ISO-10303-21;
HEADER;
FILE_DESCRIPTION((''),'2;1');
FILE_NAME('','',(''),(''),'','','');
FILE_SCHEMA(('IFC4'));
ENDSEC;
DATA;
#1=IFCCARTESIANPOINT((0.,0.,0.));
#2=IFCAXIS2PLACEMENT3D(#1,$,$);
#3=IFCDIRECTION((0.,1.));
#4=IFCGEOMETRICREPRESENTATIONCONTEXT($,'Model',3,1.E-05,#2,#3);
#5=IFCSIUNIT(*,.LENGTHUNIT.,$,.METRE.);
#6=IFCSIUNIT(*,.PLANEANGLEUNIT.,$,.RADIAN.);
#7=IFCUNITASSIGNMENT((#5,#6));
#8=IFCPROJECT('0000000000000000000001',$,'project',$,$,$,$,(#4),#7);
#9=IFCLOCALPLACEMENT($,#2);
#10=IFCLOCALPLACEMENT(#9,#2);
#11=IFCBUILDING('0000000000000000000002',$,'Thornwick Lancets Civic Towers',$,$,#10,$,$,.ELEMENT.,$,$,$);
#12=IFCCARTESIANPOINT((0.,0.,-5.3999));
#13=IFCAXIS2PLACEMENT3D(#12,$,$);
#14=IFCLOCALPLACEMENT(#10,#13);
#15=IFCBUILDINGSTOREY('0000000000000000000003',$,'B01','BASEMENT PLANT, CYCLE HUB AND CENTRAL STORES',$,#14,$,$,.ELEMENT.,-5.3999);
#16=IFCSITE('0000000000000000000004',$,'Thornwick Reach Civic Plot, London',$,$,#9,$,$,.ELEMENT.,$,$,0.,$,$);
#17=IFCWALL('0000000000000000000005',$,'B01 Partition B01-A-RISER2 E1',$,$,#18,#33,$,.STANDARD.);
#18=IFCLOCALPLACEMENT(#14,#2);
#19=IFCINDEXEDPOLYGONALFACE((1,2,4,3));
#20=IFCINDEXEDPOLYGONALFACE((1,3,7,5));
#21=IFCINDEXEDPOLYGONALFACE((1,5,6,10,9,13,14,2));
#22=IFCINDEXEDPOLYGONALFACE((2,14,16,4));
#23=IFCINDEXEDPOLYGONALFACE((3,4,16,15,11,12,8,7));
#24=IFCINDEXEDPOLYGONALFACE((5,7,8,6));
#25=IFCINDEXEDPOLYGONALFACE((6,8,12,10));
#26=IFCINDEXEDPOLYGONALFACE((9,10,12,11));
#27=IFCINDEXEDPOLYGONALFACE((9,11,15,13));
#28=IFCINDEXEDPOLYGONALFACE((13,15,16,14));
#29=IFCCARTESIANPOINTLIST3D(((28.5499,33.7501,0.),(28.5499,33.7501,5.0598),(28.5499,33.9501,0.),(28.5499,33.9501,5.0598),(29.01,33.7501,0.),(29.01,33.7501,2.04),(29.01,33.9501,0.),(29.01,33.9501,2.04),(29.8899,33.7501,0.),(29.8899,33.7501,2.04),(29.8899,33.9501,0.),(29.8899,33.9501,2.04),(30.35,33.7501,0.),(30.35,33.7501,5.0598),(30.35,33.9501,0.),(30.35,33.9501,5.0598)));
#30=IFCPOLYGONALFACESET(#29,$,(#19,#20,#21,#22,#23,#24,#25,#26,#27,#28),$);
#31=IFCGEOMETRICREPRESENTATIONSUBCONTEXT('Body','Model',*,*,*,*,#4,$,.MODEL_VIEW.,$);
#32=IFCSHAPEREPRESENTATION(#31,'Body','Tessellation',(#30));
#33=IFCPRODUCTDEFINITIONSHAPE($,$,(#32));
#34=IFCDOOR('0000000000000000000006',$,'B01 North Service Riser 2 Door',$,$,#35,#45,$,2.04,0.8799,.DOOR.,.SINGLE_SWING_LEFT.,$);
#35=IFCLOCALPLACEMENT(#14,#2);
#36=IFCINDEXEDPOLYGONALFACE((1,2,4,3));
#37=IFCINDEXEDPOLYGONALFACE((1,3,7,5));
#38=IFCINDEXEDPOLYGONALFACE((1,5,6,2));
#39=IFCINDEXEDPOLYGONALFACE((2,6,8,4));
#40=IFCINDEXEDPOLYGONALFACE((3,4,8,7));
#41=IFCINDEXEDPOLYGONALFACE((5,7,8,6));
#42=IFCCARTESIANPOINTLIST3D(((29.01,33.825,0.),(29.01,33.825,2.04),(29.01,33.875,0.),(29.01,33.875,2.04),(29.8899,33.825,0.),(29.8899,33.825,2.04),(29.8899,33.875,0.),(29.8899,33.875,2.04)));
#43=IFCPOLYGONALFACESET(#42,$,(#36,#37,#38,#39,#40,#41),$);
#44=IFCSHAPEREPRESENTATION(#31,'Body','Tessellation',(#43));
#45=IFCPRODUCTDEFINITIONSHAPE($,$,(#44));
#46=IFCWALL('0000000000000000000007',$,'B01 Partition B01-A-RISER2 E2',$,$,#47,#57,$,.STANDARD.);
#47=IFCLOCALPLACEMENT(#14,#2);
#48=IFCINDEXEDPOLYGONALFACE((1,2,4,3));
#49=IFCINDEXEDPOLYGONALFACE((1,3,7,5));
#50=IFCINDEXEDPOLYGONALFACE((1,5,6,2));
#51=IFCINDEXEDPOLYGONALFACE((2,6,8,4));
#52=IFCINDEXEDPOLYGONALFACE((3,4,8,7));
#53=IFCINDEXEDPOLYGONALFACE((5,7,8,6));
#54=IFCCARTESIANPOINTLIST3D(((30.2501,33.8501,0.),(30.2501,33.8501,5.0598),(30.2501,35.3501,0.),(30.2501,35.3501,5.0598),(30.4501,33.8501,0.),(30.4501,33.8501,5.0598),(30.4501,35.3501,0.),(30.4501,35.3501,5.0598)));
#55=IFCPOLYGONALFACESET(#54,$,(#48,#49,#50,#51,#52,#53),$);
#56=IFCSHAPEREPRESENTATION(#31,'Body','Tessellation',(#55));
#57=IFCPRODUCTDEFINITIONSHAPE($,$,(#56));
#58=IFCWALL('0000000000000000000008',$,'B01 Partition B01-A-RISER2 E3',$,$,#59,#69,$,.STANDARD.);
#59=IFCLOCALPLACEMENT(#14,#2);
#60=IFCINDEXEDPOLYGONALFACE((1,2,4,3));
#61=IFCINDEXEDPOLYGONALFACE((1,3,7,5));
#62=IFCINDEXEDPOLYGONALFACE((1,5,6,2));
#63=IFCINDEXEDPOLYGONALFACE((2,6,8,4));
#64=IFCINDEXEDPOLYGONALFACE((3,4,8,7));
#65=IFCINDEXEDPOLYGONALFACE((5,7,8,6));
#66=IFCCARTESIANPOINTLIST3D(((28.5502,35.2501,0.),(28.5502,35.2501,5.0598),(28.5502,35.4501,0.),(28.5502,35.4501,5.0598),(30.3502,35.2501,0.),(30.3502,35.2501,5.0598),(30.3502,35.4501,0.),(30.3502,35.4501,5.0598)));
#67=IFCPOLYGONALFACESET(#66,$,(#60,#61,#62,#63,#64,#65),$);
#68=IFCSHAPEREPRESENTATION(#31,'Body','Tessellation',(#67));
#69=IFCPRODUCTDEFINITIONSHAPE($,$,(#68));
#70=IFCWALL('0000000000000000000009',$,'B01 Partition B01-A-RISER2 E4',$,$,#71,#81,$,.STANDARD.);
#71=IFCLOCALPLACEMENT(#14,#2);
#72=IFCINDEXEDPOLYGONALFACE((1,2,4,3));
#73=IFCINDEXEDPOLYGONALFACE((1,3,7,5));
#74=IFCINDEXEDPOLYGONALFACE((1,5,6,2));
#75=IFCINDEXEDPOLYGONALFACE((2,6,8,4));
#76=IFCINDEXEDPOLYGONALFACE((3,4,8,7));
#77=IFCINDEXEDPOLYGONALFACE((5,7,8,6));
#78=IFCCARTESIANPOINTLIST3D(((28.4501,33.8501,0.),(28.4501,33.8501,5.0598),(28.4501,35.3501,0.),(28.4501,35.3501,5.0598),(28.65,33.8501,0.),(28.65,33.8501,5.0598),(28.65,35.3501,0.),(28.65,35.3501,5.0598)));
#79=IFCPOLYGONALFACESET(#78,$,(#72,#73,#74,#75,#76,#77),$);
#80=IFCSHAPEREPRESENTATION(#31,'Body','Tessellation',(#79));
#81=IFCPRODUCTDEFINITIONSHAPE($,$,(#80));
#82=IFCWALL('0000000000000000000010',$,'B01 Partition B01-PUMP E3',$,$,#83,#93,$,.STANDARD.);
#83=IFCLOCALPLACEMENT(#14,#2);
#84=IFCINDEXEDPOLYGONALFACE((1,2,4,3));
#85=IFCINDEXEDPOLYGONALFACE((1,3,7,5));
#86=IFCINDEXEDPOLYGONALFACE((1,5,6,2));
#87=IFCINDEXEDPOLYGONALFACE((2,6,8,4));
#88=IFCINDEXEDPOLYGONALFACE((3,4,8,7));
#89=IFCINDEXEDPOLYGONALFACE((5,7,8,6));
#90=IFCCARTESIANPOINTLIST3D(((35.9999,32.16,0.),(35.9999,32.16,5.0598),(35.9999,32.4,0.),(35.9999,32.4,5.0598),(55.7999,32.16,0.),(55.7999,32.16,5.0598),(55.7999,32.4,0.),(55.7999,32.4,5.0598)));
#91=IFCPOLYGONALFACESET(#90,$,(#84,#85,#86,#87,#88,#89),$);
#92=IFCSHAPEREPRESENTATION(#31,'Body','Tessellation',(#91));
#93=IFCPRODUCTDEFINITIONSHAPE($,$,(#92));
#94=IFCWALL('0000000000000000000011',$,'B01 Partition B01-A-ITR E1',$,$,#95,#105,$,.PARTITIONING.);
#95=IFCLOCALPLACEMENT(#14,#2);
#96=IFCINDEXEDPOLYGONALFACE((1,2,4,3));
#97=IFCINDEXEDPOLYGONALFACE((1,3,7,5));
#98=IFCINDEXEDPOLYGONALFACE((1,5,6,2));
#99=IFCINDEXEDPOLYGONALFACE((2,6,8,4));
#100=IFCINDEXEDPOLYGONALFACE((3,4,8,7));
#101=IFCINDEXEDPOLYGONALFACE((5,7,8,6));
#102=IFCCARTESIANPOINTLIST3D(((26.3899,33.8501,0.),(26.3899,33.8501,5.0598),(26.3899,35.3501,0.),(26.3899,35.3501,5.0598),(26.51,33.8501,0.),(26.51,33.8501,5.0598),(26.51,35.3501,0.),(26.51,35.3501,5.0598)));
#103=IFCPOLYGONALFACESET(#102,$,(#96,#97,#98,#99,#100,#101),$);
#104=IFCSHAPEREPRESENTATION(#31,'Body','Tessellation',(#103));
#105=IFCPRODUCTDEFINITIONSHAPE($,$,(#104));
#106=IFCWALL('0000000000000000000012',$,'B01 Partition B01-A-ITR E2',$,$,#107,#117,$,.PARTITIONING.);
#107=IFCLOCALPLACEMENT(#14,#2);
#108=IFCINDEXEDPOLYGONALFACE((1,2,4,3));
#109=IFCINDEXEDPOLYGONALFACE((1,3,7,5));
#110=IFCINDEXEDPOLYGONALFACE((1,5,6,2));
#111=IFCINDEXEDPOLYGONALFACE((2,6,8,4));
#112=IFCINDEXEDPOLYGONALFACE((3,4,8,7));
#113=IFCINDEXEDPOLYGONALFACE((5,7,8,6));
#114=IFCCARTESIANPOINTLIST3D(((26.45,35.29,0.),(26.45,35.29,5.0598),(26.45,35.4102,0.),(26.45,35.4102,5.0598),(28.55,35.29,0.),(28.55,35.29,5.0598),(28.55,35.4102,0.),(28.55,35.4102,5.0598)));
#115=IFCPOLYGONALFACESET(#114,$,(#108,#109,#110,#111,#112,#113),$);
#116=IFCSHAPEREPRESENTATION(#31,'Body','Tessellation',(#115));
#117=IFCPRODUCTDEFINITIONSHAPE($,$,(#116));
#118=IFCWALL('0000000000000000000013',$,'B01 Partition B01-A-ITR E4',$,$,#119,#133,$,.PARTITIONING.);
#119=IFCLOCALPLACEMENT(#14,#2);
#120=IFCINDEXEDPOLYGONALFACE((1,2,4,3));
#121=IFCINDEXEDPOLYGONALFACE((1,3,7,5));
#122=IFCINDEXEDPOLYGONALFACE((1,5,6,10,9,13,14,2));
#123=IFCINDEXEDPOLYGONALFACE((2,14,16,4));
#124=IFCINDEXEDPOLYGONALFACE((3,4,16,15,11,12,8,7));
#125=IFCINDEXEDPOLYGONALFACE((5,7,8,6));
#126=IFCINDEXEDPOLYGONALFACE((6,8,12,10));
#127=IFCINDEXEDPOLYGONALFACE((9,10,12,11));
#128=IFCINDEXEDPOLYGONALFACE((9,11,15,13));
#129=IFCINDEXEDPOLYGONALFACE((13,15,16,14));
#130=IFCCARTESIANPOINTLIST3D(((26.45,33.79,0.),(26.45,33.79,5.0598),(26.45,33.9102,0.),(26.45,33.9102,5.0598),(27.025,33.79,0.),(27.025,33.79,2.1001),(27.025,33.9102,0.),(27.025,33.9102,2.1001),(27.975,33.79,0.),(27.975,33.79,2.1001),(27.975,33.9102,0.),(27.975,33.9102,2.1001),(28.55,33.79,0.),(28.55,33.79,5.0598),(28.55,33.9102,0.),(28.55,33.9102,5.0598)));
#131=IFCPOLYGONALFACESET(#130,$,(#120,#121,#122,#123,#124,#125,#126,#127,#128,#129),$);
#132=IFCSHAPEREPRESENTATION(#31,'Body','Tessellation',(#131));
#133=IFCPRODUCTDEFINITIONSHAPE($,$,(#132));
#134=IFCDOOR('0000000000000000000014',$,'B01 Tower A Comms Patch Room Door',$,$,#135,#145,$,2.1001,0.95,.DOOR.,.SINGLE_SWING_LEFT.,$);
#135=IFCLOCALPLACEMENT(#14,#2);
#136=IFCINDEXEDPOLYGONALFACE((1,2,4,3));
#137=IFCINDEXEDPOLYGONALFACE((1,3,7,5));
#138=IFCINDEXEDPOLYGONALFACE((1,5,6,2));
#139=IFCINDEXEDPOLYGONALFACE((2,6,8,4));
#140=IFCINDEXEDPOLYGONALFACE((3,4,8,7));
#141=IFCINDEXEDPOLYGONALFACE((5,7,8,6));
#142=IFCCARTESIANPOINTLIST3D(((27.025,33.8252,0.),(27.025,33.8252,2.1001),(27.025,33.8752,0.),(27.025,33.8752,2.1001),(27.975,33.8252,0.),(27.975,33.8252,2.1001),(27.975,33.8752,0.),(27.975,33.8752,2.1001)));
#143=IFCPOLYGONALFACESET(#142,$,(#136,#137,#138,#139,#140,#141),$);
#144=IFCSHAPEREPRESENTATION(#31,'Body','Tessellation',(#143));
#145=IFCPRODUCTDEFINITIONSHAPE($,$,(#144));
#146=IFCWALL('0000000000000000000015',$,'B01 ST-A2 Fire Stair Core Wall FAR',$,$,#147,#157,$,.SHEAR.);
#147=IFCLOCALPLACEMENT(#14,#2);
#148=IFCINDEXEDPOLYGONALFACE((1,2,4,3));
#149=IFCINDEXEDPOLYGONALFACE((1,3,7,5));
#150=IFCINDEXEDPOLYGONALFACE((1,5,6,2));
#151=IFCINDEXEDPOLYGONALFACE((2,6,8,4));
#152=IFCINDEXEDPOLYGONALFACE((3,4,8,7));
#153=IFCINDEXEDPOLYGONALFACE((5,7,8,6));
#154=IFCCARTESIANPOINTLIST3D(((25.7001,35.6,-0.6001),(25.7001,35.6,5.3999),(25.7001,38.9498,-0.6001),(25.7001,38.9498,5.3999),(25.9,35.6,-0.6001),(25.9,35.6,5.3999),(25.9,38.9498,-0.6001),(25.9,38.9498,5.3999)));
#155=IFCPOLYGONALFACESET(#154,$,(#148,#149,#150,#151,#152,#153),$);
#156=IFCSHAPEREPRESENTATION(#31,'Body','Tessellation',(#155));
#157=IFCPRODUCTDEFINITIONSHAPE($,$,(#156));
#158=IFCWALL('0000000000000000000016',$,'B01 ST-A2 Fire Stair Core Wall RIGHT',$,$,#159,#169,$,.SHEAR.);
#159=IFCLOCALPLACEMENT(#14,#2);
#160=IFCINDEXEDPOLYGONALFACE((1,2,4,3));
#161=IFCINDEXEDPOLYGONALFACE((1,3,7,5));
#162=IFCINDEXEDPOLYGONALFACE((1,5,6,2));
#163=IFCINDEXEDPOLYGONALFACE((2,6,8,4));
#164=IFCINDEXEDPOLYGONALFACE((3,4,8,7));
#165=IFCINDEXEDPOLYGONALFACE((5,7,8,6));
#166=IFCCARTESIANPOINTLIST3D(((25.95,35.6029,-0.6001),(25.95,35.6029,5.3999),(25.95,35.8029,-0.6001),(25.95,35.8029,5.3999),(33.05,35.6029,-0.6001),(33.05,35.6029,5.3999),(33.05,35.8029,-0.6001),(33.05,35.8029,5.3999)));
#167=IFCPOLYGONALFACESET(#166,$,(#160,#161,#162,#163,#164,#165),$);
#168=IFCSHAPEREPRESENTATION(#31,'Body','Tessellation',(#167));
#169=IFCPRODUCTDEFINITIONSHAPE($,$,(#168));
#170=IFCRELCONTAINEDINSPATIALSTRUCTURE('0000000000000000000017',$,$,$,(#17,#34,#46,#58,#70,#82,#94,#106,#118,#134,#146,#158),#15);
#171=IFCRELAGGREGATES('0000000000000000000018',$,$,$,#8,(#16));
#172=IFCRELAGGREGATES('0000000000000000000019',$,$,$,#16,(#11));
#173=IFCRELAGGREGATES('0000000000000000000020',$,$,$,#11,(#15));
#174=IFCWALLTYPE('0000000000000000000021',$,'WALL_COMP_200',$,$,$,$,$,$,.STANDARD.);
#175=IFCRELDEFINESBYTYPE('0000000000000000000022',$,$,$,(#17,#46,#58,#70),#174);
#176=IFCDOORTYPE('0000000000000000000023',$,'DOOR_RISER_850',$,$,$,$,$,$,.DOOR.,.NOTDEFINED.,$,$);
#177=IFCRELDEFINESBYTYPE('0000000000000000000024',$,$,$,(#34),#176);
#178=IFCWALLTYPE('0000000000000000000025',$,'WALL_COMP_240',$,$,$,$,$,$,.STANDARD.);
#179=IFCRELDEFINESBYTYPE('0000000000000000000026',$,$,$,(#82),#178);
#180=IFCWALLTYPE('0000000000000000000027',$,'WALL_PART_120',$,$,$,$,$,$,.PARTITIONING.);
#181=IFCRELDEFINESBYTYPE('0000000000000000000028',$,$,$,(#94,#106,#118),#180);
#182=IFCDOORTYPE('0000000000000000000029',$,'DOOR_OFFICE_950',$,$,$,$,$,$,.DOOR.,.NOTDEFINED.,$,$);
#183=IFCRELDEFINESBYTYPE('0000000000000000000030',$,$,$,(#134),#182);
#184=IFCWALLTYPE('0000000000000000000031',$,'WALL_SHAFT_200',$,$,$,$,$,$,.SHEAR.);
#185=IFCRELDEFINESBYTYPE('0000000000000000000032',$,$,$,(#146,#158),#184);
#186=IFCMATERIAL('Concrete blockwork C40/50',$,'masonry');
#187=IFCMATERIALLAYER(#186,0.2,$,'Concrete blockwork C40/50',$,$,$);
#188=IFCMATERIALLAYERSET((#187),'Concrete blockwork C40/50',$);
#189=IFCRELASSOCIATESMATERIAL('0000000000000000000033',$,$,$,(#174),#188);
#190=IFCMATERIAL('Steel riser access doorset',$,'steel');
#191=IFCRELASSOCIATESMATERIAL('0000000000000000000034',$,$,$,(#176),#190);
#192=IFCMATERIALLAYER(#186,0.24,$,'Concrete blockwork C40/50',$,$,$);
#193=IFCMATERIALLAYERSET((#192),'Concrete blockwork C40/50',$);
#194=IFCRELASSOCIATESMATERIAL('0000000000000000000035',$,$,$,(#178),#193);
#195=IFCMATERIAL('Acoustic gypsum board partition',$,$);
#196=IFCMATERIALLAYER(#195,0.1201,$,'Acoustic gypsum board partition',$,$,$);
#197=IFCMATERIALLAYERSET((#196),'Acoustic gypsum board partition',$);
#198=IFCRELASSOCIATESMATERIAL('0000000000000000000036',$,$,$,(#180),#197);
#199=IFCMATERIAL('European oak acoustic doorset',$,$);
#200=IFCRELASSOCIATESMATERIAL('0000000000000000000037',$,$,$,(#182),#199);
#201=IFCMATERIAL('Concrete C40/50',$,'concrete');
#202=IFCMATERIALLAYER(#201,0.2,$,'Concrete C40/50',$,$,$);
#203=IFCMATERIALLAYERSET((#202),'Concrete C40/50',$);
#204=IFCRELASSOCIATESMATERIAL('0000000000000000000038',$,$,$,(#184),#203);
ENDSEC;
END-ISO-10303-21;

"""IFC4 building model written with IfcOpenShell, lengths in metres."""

from ifc_helpers import new_model, si_unit, direction, frame, frame_2d, origin, place, context, subcontext, project, spatial, rectangle, extrude, material, layer, layer_set, type_object, element, fill, save


model = new_model("IFC4")

# Units and contexts
model_context = context("Model", 3, precision=1e-05, world=origin(), true_north=direction((0.0, 1.0)))
body_context = subcontext(model_context, "Body", "Model", "MODEL_VIEW")
ifc_project = project(units=[si_unit("LENGTHUNIT", "METRE"), si_unit("PLANEANGLEUNIT", "RADIAN")], contexts=[model_context])

# Site, building, storey
site_placement = place(None, origin())
site = spatial("IfcSite", under=ifc_project, at=site_placement, Name="Thornwick Reach Civic Plot, London", CompositionType="ELEMENT", RefElevation=0.0)
building_placement = place(site_placement, origin())
building = spatial("IfcBuilding", under=site, at=building_placement, Name="Thornwick Lancets Civic Towers", CompositionType="ELEMENT")
storey_placement = place(building_placement, frame((0.0, 0.0, -5.3999)))
storey = spatial("IfcBuildingStorey", under=building, at=storey_placement, Name="B01", Description="BASEMENT PLANT, CYCLE HUB AND CENTRAL STORES", CompositionType="ELEMENT", Elevation=-5.3999)

# Shared definitions
ifc_material_1 = material(Name="Concrete C40/50", Category="concrete")

# Shared definitions
ifc_material_2 = material(Name="Concrete blockwork C40/50", Category="masonry")
ifc_layer_1 = layer(ifc_material_2, 0.2, Name="Concrete blockwork C40/50")
ifc_layer_set_1 = layer_set([ifc_layer_1], Name="Concrete blockwork C40/50")
wall_type_1 = type_object("IfcWallType", Name="WALL_COMP_200", PredefinedType="STANDARD", material=ifc_layer_set_1)

# Wall, opening, door
wall_1_placement = place(storey_placement, frame((28.55, 33.8501, 0.0), z_axis=(0.0, 0.0, 1.0), x_axis=(1.0, 0.0, 0.0)))
wall_1 = element("IfcWall", 1, at=wall_1_placement, inside=storey, type_object=wall_type_1, Name="B01 Partition B01-A-RISER2 E1", PredefinedType="STANDARD", context=body_context, shape_type="SweptSolid", body=[
    extrude(rectangle(XDim=1.8, YDim=0.2, at=frame_2d((0.8999, 0.0))), origin(), (0.0, 0.0, 1.0), 5.0598),
])
opening_1_placement = place(wall_1_placement, frame((0.46, 0.0, 0.0)))
opening_1 = element("IfcOpeningElement", 2, at=opening_1_placement, cuts=wall_1, PredefinedType="OPENING", context=body_context, shape_type="SweptSolid", body=[
    extrude(rectangle(XDim=0.8799, YDim=2.04, at=frame_2d((0.4399, 1.02))), frame((0.0, 0.1099, 0.0), z_axis=(0.0, -1.0, 0.0), x_axis=(1.0, 0.0, 0.0)), (0.0, 0.0, 1.0), 0.22),
])
ifc_material_3 = material(Name="Steel riser access doorset", Category="steel")
door_type_1 = type_object("IfcDoorType", Name="DOOR_RISER_850", OperationType="NOTDEFINED", PredefinedType="DOOR", material=ifc_material_3)
door_1_placement = place(opening_1_placement, origin())
door_1 = element("IfcDoor", 3, at=door_1_placement, inside=storey, type_object=door_type_1, Name="B01 North Service Riser 2 Door", OperationType="SINGLE_SWING_LEFT", OverallHeight=2.04, OverallWidth=0.8799, PredefinedType="DOOR", context=body_context, shape_type="SweptSolid", body=[
    extrude(rectangle(XDim=0.8799, YDim=2.04, at=frame_2d((0.4399, 1.02))), frame((0.0, 0.0249, 0.0), z_axis=(0.0, -1.0, 0.0), x_axis=(1.0, 0.0, 0.0)), (0.0, 0.0, 1.0), 0.05),
])
fill(opening_1, door_1)

# Walls
wall_2_placement = place(storey_placement, frame((30.3501, 33.8501, 0.0), z_axis=(0.0, 0.0, 1.0), x_axis=(0.0, 1.0, 0.0)))
element("IfcWall", 4, at=wall_2_placement, inside=storey, type_object=wall_type_1, Name="B01 Partition B01-A-RISER2 E2", PredefinedType="STANDARD", context=body_context, shape_type="SweptSolid", body=[
    extrude(rectangle(XDim=1.5, YDim=0.2, at=frame_2d((0.75, 0.0))), origin(), (0.0, 0.0, 1.0), 5.0598),
])
wall_3_placement = place(storey_placement, frame((30.3501, 35.3501, 0.0), z_axis=(0.0, 0.0, 1.0), x_axis=(-1.0, 0.0, 0.0)))
element("IfcWall", 5, at=wall_3_placement, inside=storey, type_object=wall_type_1, Name="B01 Partition B01-A-RISER2 E3", PredefinedType="STANDARD", context=body_context, shape_type="SweptSolid", body=[
    extrude(rectangle(XDim=1.8, YDim=0.2, at=frame_2d((0.8999, 0.0))), origin(), (0.0, 0.0, 1.0), 5.0598),
])
wall_4_placement = place(storey_placement, frame((28.55, 35.3501, 0.0), z_axis=(0.0, 0.0, 1.0), x_axis=(0.0, -1.0, 0.0)))
element("IfcWall", 6, at=wall_4_placement, inside=storey, type_object=wall_type_1, Name="B01 Partition B01-A-RISER2 E4", PredefinedType="STANDARD", context=body_context, shape_type="SweptSolid", body=[
    extrude(rectangle(XDim=1.5, YDim=0.2, at=frame_2d((0.75, 0.0))), origin(), (0.0, 0.0, 1.0), 5.0598),
])
ifc_layer_2 = layer(ifc_material_2, 0.24, Name="Concrete blockwork C40/50")
ifc_layer_set_2 = layer_set([ifc_layer_2], Name="Concrete blockwork C40/50")
wall_type_2 = type_object("IfcWallType", Name="WALL_COMP_240", PredefinedType="STANDARD", material=ifc_layer_set_2)
wall_5_placement = place(storey_placement, frame((36.0, 32.28, 0.0), z_axis=(0.0, 0.0, 1.0), x_axis=(1.0, 0.0, 0.0)))
element("IfcWall", 7, at=wall_5_placement, inside=storey, type_object=wall_type_2, Name="B01 Partition B01-PUMP E3", PredefinedType="STANDARD", context=body_context, shape_type="SweptSolid", body=[
    extrude(rectangle(XDim=19.8, YDim=0.24, at=frame_2d((9.8999, 0.0))), origin(), (0.0, 0.0, 1.0), 5.0598),
])
ifc_material_4 = material(Name="Acoustic gypsum board partition")
ifc_layer_3 = layer(ifc_material_4, 0.1201, Name="Acoustic gypsum board partition")
ifc_layer_set_3 = layer_set([ifc_layer_3], Name="Acoustic gypsum board partition")
wall_type_3 = type_object("IfcWallType", Name="WALL_PART_120", PredefinedType="PARTITIONING", material=ifc_layer_set_3)
wall_6_placement = place(storey_placement, frame((26.45, 33.8501, 0.0), z_axis=(0.0, 0.0, 1.0), x_axis=(0.0, 1.0, 0.0)))
element("IfcWall", 8, at=wall_6_placement, inside=storey, type_object=wall_type_3, Name="B01 Partition B01-A-ITR E1", PredefinedType="PARTITIONING", context=body_context, shape_type="SweptSolid", body=[
    extrude(rectangle(XDim=1.5, YDim=0.1201, at=frame_2d((0.75, 0.0))), origin(), (0.0, 0.0, 1.0), 5.0598),
])
wall_7_placement = place(storey_placement, frame((26.45, 35.3501, 0.0), z_axis=(0.0, 0.0, 1.0), x_axis=(1.0, 0.0, 0.0)))
element("IfcWall", 9, at=wall_7_placement, inside=storey, type_object=wall_type_3, Name="B01 Partition B01-A-ITR E2", PredefinedType="PARTITIONING", context=body_context, shape_type="SweptSolid", body=[
    extrude(rectangle(XDim=2.1001, YDim=0.1201, at=frame_2d((1.05, 0.0))), origin(), (0.0, 0.0, 1.0), 5.0598),
])

# Wall, opening, door
wall_8_placement = place(storey_placement, frame((28.55, 33.8501, 0.0), z_axis=(0.0, 0.0, 1.0), x_axis=(-1.0, 0.0, 0.0)))
wall_8 = element("IfcWall", 10, at=wall_8_placement, inside=storey, type_object=wall_type_3, Name="B01 Partition B01-A-ITR E4", PredefinedType="PARTITIONING", context=body_context, shape_type="SweptSolid", body=[
    extrude(rectangle(XDim=2.1001, YDim=0.1201, at=frame_2d((1.05, 0.0))), origin(), (0.0, 0.0, 1.0), 5.0598),
])
opening_2_placement = place(wall_8_placement, frame((0.575, 0.0, 0.0)))
opening_2 = element("IfcOpeningElement", 11, at=opening_2_placement, cuts=wall_8, PredefinedType="OPENING", context=body_context, shape_type="SweptSolid", body=[
    extrude(rectangle(XDim=0.95, YDim=2.1001, at=frame_2d((0.4751, 1.05))), frame((0.0, 0.0701, 0.0), z_axis=(0.0, -1.0, 0.0), x_axis=(1.0, 0.0, 0.0)), (0.0, 0.0, 1.0), 0.1401),
])
ifc_material_5 = material(Name="European oak acoustic doorset")
door_type_2 = type_object("IfcDoorType", Name="DOOR_OFFICE_950", OperationType="NOTDEFINED", PredefinedType="DOOR", material=ifc_material_5)
door_2_placement = place(opening_2_placement, origin())
door_2 = element("IfcDoor", 12, at=door_2_placement, inside=storey, type_object=door_type_2, Name="B01 Tower A Comms Patch Room Door", OperationType="SINGLE_SWING_LEFT", OverallHeight=2.1001, OverallWidth=0.95, PredefinedType="DOOR", context=body_context, shape_type="SweptSolid", body=[
    extrude(rectangle(XDim=0.95, YDim=2.1001, at=frame_2d((0.4751, 1.05))), frame((0.0, 0.0249, 0.0), z_axis=(0.0, -1.0, 0.0), x_axis=(1.0, 0.0, 0.0)), (0.0, 0.0, 1.0), 0.05),
])
fill(opening_2, door_2)

# Walls
ifc_layer_4 = layer(ifc_material_1, 0.2, Name="Concrete C40/50")
ifc_layer_set_4 = layer_set([ifc_layer_4], Name="Concrete C40/50")
wall_type_4 = type_object("IfcWallType", Name="WALL_SHAFT_200", PredefinedType="SHEAR", material=ifc_layer_set_4)
wall_9_placement = place(storey_placement, frame((25.8, 35.6001, -0.6001), z_axis=(0.0, 0.0, 1.0), x_axis=(0.0, 1.0, 0.0)))
element("IfcWall", 13, at=wall_9_placement, inside=storey, type_object=wall_type_4, Name="B01 ST-A2 Fire Stair Core Wall FAR", PredefinedType="SHEAR", context=body_context, shape_type="SweptSolid", body=[
    extrude(rectangle(XDim=3.3499, YDim=0.2, at=frame_2d((1.6748, 0.0))), origin(), (0.0, 0.0, 1.0), 6.0),
])
wall_10_placement = place(storey_placement, frame((25.95, 35.7029, -0.6001), z_axis=(0.0, 0.0, 1.0), x_axis=(1.0, 0.0, 0.0)))
element("IfcWall", 14, at=wall_10_placement, inside=storey, type_object=wall_type_4, Name="B01 ST-A2 Fire Stair Core Wall RIGHT", PredefinedType="SHEAR", context=body_context, shape_type="SweptSolid", body=[
    extrude(rectangle(XDim=7.1001, YDim=0.2, at=frame_2d((3.55, 0.0))), origin(), (0.0, 0.0, 1.0), 6.0),
])

save(model, "model.ifc")
